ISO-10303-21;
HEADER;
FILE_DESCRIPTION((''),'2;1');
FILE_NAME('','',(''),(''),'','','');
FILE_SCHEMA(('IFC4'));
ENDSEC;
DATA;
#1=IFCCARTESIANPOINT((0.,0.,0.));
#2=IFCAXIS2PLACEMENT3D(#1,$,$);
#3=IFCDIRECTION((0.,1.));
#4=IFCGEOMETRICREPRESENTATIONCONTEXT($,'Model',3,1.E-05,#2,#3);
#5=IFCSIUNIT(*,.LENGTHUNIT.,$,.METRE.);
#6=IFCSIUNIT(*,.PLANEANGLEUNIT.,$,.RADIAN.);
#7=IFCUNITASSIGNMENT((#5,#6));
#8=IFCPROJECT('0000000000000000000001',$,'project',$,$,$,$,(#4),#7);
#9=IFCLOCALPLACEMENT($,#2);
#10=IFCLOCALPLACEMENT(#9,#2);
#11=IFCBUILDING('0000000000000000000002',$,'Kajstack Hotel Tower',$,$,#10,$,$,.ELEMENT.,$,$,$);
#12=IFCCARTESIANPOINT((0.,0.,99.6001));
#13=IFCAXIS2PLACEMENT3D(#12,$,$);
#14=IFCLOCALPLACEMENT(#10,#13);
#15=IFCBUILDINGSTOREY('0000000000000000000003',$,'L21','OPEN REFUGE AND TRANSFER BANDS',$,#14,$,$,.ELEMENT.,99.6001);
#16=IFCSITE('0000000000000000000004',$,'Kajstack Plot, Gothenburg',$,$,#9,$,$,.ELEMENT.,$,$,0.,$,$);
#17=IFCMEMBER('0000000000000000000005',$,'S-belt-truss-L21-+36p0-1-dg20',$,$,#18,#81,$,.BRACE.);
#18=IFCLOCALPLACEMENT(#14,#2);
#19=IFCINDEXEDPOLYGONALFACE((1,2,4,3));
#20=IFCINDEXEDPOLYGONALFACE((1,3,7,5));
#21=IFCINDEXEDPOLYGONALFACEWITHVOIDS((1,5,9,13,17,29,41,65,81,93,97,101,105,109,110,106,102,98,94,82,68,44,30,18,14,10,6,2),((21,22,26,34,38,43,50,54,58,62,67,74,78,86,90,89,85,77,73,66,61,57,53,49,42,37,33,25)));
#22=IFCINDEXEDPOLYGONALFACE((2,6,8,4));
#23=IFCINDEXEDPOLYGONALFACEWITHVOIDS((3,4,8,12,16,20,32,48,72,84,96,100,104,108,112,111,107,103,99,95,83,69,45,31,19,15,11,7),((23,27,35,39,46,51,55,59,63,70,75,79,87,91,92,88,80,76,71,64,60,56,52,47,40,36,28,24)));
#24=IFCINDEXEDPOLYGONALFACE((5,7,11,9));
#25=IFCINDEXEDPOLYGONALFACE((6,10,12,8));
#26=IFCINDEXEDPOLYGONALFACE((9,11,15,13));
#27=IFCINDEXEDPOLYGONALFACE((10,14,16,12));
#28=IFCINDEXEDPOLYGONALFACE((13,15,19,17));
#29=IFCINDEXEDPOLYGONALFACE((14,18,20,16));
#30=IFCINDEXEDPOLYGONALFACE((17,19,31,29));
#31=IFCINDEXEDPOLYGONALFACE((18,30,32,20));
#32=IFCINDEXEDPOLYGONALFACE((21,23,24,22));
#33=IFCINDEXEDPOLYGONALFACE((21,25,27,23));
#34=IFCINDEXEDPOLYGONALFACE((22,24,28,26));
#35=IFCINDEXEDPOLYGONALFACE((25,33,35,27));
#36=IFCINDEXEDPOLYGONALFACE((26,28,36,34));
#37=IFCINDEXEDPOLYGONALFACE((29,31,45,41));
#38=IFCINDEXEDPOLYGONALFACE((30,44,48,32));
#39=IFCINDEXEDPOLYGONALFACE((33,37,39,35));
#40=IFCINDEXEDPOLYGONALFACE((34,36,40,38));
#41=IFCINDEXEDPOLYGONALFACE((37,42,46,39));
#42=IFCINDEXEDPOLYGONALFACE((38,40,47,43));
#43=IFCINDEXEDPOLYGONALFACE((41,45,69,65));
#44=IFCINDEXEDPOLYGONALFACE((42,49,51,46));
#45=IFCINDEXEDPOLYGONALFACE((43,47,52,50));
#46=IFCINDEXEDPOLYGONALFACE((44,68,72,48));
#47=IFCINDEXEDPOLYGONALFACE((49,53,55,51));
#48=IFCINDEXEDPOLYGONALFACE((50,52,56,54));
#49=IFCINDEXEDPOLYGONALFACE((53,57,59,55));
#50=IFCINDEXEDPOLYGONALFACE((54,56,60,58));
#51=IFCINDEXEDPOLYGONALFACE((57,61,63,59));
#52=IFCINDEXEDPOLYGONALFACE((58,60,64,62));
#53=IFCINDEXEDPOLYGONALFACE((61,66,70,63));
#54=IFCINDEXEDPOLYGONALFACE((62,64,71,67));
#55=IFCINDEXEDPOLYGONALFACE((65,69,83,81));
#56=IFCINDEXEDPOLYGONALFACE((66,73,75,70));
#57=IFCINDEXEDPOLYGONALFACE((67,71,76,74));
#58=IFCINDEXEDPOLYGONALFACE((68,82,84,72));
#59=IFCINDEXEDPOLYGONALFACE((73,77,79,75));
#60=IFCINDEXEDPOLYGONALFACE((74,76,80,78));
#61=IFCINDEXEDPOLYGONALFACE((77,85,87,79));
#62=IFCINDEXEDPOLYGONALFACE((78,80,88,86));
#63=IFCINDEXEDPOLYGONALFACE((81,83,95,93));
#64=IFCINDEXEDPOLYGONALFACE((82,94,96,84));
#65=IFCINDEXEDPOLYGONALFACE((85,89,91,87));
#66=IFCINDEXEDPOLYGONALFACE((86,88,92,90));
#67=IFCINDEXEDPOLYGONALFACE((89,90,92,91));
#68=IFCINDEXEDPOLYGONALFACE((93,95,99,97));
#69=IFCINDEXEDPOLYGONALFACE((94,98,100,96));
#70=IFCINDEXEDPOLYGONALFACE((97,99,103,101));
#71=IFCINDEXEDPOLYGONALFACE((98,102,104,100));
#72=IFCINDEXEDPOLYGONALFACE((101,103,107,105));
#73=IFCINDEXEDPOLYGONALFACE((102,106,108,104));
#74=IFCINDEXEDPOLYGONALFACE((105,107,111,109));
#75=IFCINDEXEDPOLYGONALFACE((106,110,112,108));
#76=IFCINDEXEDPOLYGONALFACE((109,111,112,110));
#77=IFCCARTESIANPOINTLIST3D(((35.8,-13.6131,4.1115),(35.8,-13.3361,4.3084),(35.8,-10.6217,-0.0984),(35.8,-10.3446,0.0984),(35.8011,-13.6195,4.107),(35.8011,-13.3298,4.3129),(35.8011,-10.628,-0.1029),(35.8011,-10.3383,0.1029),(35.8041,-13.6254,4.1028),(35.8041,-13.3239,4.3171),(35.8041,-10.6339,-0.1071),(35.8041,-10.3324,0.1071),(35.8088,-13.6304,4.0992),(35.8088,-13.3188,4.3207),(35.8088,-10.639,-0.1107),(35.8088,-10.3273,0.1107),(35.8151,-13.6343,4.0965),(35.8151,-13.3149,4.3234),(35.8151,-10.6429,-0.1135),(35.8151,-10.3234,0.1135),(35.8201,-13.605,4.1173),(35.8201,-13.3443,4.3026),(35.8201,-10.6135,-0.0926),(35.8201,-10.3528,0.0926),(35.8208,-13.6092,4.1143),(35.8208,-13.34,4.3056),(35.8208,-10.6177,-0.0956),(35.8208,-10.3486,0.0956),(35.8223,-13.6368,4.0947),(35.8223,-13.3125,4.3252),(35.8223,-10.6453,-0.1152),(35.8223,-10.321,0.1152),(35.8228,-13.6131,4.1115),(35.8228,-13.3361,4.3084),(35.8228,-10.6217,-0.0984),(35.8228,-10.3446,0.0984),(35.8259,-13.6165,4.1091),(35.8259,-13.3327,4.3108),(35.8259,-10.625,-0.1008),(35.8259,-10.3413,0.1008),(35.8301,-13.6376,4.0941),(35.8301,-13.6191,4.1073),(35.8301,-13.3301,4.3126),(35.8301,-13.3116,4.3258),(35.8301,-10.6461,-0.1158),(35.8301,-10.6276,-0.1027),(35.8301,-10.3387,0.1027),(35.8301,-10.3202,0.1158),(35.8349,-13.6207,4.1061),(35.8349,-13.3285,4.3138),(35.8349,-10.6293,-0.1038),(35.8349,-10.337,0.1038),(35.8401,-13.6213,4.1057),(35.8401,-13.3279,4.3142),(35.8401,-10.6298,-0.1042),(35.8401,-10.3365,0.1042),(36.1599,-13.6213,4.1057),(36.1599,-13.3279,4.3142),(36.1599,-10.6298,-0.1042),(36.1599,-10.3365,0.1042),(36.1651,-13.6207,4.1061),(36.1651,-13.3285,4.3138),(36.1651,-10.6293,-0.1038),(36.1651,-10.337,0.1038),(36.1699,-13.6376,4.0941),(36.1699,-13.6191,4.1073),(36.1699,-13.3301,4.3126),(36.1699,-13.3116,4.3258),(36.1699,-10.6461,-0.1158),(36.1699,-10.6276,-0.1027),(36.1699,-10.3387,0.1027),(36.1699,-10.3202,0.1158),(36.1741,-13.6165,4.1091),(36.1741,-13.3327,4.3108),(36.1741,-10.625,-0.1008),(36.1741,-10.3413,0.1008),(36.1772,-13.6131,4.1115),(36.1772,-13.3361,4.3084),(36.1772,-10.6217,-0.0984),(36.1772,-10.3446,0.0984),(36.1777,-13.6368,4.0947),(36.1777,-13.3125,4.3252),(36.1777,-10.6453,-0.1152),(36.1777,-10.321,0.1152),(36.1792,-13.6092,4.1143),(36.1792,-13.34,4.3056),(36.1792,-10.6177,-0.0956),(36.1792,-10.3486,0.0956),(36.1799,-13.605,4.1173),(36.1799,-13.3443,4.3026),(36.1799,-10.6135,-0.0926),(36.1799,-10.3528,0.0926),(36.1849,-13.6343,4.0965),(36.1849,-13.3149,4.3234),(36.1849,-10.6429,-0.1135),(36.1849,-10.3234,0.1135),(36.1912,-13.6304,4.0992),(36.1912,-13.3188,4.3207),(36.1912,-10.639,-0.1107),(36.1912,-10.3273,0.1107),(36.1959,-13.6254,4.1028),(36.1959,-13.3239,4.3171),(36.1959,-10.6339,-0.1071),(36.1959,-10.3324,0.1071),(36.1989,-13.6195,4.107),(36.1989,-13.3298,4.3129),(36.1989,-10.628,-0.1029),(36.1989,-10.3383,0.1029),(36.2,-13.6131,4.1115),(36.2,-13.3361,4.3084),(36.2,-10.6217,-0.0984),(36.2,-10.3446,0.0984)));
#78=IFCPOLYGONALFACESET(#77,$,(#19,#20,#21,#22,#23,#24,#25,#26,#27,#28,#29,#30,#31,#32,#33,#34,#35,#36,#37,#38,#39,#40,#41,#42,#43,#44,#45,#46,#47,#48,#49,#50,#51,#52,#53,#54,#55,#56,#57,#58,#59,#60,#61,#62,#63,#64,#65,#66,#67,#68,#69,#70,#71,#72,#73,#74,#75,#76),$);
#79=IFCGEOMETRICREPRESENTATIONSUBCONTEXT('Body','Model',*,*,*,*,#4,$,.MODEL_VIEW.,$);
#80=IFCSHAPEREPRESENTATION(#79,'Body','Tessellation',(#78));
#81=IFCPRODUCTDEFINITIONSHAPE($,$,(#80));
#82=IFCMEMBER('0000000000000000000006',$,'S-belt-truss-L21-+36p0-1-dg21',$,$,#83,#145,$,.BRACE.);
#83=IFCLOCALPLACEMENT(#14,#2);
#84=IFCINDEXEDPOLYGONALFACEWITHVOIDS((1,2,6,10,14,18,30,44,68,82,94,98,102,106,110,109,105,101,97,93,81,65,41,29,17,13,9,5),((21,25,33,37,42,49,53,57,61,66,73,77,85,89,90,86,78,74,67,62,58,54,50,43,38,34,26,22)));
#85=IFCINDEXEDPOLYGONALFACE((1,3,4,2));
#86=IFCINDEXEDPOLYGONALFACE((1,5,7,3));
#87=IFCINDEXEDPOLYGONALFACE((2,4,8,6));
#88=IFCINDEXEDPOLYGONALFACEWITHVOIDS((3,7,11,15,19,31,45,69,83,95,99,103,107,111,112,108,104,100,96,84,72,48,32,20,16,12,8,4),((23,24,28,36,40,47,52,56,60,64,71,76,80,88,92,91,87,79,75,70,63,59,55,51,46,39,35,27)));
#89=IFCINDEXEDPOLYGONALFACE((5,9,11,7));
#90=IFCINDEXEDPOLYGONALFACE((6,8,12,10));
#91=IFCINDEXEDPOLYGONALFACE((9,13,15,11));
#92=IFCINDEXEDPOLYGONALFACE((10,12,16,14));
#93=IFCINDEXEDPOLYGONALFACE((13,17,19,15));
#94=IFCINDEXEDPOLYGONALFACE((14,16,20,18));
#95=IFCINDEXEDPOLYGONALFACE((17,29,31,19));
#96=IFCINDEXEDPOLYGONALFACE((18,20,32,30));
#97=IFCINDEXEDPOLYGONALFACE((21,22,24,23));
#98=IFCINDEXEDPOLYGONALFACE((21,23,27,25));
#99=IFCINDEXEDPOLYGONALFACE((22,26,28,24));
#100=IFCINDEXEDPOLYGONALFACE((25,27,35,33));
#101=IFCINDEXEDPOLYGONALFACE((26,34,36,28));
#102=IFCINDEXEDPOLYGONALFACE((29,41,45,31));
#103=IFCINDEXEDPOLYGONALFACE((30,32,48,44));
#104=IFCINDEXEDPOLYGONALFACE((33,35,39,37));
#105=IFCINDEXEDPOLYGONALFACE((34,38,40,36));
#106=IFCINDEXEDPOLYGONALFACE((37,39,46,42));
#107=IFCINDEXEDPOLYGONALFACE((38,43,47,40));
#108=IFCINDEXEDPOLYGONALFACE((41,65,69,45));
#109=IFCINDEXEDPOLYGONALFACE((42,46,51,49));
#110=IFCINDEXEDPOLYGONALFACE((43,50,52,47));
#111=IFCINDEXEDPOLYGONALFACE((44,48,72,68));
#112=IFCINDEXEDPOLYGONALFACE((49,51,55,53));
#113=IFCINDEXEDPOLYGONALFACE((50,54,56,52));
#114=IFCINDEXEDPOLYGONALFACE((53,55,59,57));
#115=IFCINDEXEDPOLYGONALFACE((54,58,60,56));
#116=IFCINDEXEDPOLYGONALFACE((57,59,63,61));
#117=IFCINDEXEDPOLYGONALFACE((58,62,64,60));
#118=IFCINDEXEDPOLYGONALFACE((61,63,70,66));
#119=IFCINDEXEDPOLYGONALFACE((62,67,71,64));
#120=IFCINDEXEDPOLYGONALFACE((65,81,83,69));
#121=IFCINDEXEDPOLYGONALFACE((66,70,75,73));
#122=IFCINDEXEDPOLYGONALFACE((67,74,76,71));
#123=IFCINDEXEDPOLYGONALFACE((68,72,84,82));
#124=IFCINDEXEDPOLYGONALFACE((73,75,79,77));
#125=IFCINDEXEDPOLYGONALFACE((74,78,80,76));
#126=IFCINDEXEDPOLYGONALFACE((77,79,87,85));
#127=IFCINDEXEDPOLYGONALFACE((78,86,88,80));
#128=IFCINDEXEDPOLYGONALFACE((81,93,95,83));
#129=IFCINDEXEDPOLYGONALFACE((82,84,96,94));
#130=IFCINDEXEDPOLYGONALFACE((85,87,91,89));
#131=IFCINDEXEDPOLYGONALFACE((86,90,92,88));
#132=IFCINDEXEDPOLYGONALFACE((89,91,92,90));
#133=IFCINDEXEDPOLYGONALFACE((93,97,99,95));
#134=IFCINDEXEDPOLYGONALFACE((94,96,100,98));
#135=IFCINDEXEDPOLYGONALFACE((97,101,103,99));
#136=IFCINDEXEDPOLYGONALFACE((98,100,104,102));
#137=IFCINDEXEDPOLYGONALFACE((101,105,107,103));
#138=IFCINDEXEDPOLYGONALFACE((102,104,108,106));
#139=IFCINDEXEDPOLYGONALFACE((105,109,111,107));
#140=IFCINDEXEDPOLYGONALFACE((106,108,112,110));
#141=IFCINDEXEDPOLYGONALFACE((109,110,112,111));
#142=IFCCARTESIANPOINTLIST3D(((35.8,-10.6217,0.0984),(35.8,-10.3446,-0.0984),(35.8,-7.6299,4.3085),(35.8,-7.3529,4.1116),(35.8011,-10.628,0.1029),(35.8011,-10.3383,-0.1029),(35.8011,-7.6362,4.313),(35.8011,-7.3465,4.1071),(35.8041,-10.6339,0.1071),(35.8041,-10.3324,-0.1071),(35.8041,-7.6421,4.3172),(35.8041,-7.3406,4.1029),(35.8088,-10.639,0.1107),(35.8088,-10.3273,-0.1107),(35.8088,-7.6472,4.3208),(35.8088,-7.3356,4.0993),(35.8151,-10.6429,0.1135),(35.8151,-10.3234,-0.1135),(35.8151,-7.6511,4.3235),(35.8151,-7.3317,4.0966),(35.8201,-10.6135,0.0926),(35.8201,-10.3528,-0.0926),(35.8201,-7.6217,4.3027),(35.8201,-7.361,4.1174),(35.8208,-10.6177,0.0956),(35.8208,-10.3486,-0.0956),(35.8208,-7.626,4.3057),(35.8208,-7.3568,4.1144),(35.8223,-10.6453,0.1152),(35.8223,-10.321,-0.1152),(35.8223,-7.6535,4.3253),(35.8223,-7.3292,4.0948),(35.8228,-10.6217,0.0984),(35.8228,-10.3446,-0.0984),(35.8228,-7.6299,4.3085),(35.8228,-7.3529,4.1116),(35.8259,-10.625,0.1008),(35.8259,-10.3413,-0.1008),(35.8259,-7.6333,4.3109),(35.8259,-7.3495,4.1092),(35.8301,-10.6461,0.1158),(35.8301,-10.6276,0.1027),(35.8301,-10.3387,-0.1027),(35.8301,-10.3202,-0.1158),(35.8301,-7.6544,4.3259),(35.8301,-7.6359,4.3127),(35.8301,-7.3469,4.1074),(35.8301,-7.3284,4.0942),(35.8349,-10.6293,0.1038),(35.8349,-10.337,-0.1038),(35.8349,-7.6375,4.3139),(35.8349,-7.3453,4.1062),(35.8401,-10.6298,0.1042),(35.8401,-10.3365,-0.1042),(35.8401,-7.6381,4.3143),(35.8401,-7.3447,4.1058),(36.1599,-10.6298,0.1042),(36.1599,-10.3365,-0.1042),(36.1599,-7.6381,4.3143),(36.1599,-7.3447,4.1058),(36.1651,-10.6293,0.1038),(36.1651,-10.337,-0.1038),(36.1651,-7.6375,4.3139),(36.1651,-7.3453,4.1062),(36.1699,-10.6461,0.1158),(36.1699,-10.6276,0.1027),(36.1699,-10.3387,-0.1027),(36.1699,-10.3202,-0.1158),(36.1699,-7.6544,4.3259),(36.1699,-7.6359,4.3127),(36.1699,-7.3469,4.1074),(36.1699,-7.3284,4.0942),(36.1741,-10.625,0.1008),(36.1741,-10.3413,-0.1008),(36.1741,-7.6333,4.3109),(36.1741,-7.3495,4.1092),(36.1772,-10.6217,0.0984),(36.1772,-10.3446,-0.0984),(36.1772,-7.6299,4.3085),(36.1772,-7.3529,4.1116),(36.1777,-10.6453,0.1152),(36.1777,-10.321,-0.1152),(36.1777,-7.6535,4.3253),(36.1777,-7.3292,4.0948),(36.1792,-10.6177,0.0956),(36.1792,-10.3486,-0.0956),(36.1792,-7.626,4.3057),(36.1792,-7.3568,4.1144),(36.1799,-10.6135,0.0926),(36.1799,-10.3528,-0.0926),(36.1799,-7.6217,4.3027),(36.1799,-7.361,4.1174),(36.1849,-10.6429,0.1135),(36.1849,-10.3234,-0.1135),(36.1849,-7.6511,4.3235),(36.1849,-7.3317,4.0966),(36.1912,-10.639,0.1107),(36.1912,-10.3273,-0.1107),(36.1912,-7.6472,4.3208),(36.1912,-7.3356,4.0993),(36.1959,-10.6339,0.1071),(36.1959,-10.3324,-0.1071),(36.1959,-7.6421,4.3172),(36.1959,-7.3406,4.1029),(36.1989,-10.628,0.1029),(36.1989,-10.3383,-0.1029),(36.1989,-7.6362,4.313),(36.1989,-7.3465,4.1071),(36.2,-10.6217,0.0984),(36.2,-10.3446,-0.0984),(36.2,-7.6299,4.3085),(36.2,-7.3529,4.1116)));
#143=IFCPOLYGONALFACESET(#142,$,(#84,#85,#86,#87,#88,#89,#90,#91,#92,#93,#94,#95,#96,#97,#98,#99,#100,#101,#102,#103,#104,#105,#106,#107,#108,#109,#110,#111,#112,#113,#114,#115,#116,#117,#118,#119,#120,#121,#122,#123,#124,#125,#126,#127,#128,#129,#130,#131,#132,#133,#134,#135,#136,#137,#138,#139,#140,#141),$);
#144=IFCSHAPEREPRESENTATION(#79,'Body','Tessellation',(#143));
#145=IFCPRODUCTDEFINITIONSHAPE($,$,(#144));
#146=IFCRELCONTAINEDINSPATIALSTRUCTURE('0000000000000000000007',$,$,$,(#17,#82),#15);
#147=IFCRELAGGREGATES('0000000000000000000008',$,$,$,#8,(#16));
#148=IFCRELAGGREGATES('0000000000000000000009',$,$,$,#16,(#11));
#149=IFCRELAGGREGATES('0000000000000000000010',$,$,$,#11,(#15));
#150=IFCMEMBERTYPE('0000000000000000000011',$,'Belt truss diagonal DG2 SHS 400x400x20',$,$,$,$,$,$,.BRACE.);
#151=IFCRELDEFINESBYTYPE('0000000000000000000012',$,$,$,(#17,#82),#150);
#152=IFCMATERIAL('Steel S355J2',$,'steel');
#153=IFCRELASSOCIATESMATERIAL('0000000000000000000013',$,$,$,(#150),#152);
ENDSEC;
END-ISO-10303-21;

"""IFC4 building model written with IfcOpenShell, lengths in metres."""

from ifc_helpers import new_model, si_unit, direction, frame, origin, origin_2d, place, context, subcontext, project, spatial, hollow_rectangle, extrude, material, material_profile, profile_set, type_object, element, save


model = new_model("IFC4")

# Units and contexts
model_context = context("Model", 3, precision=1e-05, world=origin(), true_north=direction((0.0, 1.0)))
body_context = subcontext(model_context, "Body", "Model", "MODEL_VIEW")
ifc_project = project(units=[si_unit("LENGTHUNIT", "METRE"), si_unit("PLANEANGLEUNIT", "RADIAN")], contexts=[model_context])

# Site, building, storey
site_placement = place(None, origin())
site = spatial("IfcSite", under=ifc_project, at=site_placement, Name="Kajstack Plot, Gothenburg", CompositionType="ELEMENT", RefElevation=0.0)
building_placement = place(site_placement, origin())
building = spatial("IfcBuilding", under=site, at=building_placement, Name="Kajstack Hotel Tower", CompositionType="ELEMENT")
storey_placement = place(building_placement, frame((0.0, 0.0, 99.6001)))
storey = spatial("IfcBuildingStorey", under=building, at=storey_placement, Name="L21", Description="OPEN REFUGE AND TRANSFER BANDS", CompositionType="ELEMENT", Elevation=99.6001)

# Members
ifc_material = material(Name="Steel S355J2", Category="steel")
ifc_material_profile_1 = material_profile(ifc_material, hollow_rectangle(XDim=0.3999, YDim=0.3999, WallThickness=0.02, InnerFilletRadius=0.02, OuterFilletRadius=0.03, at=origin_2d()), Name="SHS 400x400x20")
ifc_profile_set_1 = profile_set([ifc_material_profile_1], Name="Steel S355J2")
member_type_1 = type_object("IfcMemberType", Name="Belt truss diagonal DG2 SHS 400x400x20", PredefinedType="BRACE", material=ifc_profile_set_1)
member_1_placement = place(storey_placement, frame((36.0, -10.4832, 0.0), z_axis=(0.0, -0.579229, 0.815165), x_axis=(1.0, 0.0, 0.0)))
element("IfcMember", 1, at=member_1_placement, inside=storey, type_object=member_type_1, Name="S-belt-truss-L21-+36p0-1-dg20", PredefinedType="BRACE", context=body_context, shape_type="SweptSolid", body=[
    extrude(hollow_rectangle(XDim=0.3999, YDim=0.3999, WallThickness=0.02, InnerFilletRadius=0.02, OuterFilletRadius=0.03, at=origin_2d()), origin(), (0.0, 0.0, 1.0), 5.1646),
])
member_2_placement = place(storey_placement, frame((36.0, -10.4832, 0.0), z_axis=(0.0, 0.57926, 0.815143), x_axis=(-1.0, 0.0, 0.0)))
element("IfcMember", 2, at=member_2_placement, inside=storey, type_object=member_type_1, Name="S-belt-truss-L21-+36p0-1-dg21", PredefinedType="BRACE", context=body_context, shape_type="SweptSolid", body=[
    extrude(hollow_rectangle(XDim=0.3999, YDim=0.3999, WallThickness=0.02, InnerFilletRadius=0.02, OuterFilletRadius=0.03, at=origin_2d()), origin(), (0.0, 0.0, 1.0), 5.1648),
])

save(model, "model.ifc")
